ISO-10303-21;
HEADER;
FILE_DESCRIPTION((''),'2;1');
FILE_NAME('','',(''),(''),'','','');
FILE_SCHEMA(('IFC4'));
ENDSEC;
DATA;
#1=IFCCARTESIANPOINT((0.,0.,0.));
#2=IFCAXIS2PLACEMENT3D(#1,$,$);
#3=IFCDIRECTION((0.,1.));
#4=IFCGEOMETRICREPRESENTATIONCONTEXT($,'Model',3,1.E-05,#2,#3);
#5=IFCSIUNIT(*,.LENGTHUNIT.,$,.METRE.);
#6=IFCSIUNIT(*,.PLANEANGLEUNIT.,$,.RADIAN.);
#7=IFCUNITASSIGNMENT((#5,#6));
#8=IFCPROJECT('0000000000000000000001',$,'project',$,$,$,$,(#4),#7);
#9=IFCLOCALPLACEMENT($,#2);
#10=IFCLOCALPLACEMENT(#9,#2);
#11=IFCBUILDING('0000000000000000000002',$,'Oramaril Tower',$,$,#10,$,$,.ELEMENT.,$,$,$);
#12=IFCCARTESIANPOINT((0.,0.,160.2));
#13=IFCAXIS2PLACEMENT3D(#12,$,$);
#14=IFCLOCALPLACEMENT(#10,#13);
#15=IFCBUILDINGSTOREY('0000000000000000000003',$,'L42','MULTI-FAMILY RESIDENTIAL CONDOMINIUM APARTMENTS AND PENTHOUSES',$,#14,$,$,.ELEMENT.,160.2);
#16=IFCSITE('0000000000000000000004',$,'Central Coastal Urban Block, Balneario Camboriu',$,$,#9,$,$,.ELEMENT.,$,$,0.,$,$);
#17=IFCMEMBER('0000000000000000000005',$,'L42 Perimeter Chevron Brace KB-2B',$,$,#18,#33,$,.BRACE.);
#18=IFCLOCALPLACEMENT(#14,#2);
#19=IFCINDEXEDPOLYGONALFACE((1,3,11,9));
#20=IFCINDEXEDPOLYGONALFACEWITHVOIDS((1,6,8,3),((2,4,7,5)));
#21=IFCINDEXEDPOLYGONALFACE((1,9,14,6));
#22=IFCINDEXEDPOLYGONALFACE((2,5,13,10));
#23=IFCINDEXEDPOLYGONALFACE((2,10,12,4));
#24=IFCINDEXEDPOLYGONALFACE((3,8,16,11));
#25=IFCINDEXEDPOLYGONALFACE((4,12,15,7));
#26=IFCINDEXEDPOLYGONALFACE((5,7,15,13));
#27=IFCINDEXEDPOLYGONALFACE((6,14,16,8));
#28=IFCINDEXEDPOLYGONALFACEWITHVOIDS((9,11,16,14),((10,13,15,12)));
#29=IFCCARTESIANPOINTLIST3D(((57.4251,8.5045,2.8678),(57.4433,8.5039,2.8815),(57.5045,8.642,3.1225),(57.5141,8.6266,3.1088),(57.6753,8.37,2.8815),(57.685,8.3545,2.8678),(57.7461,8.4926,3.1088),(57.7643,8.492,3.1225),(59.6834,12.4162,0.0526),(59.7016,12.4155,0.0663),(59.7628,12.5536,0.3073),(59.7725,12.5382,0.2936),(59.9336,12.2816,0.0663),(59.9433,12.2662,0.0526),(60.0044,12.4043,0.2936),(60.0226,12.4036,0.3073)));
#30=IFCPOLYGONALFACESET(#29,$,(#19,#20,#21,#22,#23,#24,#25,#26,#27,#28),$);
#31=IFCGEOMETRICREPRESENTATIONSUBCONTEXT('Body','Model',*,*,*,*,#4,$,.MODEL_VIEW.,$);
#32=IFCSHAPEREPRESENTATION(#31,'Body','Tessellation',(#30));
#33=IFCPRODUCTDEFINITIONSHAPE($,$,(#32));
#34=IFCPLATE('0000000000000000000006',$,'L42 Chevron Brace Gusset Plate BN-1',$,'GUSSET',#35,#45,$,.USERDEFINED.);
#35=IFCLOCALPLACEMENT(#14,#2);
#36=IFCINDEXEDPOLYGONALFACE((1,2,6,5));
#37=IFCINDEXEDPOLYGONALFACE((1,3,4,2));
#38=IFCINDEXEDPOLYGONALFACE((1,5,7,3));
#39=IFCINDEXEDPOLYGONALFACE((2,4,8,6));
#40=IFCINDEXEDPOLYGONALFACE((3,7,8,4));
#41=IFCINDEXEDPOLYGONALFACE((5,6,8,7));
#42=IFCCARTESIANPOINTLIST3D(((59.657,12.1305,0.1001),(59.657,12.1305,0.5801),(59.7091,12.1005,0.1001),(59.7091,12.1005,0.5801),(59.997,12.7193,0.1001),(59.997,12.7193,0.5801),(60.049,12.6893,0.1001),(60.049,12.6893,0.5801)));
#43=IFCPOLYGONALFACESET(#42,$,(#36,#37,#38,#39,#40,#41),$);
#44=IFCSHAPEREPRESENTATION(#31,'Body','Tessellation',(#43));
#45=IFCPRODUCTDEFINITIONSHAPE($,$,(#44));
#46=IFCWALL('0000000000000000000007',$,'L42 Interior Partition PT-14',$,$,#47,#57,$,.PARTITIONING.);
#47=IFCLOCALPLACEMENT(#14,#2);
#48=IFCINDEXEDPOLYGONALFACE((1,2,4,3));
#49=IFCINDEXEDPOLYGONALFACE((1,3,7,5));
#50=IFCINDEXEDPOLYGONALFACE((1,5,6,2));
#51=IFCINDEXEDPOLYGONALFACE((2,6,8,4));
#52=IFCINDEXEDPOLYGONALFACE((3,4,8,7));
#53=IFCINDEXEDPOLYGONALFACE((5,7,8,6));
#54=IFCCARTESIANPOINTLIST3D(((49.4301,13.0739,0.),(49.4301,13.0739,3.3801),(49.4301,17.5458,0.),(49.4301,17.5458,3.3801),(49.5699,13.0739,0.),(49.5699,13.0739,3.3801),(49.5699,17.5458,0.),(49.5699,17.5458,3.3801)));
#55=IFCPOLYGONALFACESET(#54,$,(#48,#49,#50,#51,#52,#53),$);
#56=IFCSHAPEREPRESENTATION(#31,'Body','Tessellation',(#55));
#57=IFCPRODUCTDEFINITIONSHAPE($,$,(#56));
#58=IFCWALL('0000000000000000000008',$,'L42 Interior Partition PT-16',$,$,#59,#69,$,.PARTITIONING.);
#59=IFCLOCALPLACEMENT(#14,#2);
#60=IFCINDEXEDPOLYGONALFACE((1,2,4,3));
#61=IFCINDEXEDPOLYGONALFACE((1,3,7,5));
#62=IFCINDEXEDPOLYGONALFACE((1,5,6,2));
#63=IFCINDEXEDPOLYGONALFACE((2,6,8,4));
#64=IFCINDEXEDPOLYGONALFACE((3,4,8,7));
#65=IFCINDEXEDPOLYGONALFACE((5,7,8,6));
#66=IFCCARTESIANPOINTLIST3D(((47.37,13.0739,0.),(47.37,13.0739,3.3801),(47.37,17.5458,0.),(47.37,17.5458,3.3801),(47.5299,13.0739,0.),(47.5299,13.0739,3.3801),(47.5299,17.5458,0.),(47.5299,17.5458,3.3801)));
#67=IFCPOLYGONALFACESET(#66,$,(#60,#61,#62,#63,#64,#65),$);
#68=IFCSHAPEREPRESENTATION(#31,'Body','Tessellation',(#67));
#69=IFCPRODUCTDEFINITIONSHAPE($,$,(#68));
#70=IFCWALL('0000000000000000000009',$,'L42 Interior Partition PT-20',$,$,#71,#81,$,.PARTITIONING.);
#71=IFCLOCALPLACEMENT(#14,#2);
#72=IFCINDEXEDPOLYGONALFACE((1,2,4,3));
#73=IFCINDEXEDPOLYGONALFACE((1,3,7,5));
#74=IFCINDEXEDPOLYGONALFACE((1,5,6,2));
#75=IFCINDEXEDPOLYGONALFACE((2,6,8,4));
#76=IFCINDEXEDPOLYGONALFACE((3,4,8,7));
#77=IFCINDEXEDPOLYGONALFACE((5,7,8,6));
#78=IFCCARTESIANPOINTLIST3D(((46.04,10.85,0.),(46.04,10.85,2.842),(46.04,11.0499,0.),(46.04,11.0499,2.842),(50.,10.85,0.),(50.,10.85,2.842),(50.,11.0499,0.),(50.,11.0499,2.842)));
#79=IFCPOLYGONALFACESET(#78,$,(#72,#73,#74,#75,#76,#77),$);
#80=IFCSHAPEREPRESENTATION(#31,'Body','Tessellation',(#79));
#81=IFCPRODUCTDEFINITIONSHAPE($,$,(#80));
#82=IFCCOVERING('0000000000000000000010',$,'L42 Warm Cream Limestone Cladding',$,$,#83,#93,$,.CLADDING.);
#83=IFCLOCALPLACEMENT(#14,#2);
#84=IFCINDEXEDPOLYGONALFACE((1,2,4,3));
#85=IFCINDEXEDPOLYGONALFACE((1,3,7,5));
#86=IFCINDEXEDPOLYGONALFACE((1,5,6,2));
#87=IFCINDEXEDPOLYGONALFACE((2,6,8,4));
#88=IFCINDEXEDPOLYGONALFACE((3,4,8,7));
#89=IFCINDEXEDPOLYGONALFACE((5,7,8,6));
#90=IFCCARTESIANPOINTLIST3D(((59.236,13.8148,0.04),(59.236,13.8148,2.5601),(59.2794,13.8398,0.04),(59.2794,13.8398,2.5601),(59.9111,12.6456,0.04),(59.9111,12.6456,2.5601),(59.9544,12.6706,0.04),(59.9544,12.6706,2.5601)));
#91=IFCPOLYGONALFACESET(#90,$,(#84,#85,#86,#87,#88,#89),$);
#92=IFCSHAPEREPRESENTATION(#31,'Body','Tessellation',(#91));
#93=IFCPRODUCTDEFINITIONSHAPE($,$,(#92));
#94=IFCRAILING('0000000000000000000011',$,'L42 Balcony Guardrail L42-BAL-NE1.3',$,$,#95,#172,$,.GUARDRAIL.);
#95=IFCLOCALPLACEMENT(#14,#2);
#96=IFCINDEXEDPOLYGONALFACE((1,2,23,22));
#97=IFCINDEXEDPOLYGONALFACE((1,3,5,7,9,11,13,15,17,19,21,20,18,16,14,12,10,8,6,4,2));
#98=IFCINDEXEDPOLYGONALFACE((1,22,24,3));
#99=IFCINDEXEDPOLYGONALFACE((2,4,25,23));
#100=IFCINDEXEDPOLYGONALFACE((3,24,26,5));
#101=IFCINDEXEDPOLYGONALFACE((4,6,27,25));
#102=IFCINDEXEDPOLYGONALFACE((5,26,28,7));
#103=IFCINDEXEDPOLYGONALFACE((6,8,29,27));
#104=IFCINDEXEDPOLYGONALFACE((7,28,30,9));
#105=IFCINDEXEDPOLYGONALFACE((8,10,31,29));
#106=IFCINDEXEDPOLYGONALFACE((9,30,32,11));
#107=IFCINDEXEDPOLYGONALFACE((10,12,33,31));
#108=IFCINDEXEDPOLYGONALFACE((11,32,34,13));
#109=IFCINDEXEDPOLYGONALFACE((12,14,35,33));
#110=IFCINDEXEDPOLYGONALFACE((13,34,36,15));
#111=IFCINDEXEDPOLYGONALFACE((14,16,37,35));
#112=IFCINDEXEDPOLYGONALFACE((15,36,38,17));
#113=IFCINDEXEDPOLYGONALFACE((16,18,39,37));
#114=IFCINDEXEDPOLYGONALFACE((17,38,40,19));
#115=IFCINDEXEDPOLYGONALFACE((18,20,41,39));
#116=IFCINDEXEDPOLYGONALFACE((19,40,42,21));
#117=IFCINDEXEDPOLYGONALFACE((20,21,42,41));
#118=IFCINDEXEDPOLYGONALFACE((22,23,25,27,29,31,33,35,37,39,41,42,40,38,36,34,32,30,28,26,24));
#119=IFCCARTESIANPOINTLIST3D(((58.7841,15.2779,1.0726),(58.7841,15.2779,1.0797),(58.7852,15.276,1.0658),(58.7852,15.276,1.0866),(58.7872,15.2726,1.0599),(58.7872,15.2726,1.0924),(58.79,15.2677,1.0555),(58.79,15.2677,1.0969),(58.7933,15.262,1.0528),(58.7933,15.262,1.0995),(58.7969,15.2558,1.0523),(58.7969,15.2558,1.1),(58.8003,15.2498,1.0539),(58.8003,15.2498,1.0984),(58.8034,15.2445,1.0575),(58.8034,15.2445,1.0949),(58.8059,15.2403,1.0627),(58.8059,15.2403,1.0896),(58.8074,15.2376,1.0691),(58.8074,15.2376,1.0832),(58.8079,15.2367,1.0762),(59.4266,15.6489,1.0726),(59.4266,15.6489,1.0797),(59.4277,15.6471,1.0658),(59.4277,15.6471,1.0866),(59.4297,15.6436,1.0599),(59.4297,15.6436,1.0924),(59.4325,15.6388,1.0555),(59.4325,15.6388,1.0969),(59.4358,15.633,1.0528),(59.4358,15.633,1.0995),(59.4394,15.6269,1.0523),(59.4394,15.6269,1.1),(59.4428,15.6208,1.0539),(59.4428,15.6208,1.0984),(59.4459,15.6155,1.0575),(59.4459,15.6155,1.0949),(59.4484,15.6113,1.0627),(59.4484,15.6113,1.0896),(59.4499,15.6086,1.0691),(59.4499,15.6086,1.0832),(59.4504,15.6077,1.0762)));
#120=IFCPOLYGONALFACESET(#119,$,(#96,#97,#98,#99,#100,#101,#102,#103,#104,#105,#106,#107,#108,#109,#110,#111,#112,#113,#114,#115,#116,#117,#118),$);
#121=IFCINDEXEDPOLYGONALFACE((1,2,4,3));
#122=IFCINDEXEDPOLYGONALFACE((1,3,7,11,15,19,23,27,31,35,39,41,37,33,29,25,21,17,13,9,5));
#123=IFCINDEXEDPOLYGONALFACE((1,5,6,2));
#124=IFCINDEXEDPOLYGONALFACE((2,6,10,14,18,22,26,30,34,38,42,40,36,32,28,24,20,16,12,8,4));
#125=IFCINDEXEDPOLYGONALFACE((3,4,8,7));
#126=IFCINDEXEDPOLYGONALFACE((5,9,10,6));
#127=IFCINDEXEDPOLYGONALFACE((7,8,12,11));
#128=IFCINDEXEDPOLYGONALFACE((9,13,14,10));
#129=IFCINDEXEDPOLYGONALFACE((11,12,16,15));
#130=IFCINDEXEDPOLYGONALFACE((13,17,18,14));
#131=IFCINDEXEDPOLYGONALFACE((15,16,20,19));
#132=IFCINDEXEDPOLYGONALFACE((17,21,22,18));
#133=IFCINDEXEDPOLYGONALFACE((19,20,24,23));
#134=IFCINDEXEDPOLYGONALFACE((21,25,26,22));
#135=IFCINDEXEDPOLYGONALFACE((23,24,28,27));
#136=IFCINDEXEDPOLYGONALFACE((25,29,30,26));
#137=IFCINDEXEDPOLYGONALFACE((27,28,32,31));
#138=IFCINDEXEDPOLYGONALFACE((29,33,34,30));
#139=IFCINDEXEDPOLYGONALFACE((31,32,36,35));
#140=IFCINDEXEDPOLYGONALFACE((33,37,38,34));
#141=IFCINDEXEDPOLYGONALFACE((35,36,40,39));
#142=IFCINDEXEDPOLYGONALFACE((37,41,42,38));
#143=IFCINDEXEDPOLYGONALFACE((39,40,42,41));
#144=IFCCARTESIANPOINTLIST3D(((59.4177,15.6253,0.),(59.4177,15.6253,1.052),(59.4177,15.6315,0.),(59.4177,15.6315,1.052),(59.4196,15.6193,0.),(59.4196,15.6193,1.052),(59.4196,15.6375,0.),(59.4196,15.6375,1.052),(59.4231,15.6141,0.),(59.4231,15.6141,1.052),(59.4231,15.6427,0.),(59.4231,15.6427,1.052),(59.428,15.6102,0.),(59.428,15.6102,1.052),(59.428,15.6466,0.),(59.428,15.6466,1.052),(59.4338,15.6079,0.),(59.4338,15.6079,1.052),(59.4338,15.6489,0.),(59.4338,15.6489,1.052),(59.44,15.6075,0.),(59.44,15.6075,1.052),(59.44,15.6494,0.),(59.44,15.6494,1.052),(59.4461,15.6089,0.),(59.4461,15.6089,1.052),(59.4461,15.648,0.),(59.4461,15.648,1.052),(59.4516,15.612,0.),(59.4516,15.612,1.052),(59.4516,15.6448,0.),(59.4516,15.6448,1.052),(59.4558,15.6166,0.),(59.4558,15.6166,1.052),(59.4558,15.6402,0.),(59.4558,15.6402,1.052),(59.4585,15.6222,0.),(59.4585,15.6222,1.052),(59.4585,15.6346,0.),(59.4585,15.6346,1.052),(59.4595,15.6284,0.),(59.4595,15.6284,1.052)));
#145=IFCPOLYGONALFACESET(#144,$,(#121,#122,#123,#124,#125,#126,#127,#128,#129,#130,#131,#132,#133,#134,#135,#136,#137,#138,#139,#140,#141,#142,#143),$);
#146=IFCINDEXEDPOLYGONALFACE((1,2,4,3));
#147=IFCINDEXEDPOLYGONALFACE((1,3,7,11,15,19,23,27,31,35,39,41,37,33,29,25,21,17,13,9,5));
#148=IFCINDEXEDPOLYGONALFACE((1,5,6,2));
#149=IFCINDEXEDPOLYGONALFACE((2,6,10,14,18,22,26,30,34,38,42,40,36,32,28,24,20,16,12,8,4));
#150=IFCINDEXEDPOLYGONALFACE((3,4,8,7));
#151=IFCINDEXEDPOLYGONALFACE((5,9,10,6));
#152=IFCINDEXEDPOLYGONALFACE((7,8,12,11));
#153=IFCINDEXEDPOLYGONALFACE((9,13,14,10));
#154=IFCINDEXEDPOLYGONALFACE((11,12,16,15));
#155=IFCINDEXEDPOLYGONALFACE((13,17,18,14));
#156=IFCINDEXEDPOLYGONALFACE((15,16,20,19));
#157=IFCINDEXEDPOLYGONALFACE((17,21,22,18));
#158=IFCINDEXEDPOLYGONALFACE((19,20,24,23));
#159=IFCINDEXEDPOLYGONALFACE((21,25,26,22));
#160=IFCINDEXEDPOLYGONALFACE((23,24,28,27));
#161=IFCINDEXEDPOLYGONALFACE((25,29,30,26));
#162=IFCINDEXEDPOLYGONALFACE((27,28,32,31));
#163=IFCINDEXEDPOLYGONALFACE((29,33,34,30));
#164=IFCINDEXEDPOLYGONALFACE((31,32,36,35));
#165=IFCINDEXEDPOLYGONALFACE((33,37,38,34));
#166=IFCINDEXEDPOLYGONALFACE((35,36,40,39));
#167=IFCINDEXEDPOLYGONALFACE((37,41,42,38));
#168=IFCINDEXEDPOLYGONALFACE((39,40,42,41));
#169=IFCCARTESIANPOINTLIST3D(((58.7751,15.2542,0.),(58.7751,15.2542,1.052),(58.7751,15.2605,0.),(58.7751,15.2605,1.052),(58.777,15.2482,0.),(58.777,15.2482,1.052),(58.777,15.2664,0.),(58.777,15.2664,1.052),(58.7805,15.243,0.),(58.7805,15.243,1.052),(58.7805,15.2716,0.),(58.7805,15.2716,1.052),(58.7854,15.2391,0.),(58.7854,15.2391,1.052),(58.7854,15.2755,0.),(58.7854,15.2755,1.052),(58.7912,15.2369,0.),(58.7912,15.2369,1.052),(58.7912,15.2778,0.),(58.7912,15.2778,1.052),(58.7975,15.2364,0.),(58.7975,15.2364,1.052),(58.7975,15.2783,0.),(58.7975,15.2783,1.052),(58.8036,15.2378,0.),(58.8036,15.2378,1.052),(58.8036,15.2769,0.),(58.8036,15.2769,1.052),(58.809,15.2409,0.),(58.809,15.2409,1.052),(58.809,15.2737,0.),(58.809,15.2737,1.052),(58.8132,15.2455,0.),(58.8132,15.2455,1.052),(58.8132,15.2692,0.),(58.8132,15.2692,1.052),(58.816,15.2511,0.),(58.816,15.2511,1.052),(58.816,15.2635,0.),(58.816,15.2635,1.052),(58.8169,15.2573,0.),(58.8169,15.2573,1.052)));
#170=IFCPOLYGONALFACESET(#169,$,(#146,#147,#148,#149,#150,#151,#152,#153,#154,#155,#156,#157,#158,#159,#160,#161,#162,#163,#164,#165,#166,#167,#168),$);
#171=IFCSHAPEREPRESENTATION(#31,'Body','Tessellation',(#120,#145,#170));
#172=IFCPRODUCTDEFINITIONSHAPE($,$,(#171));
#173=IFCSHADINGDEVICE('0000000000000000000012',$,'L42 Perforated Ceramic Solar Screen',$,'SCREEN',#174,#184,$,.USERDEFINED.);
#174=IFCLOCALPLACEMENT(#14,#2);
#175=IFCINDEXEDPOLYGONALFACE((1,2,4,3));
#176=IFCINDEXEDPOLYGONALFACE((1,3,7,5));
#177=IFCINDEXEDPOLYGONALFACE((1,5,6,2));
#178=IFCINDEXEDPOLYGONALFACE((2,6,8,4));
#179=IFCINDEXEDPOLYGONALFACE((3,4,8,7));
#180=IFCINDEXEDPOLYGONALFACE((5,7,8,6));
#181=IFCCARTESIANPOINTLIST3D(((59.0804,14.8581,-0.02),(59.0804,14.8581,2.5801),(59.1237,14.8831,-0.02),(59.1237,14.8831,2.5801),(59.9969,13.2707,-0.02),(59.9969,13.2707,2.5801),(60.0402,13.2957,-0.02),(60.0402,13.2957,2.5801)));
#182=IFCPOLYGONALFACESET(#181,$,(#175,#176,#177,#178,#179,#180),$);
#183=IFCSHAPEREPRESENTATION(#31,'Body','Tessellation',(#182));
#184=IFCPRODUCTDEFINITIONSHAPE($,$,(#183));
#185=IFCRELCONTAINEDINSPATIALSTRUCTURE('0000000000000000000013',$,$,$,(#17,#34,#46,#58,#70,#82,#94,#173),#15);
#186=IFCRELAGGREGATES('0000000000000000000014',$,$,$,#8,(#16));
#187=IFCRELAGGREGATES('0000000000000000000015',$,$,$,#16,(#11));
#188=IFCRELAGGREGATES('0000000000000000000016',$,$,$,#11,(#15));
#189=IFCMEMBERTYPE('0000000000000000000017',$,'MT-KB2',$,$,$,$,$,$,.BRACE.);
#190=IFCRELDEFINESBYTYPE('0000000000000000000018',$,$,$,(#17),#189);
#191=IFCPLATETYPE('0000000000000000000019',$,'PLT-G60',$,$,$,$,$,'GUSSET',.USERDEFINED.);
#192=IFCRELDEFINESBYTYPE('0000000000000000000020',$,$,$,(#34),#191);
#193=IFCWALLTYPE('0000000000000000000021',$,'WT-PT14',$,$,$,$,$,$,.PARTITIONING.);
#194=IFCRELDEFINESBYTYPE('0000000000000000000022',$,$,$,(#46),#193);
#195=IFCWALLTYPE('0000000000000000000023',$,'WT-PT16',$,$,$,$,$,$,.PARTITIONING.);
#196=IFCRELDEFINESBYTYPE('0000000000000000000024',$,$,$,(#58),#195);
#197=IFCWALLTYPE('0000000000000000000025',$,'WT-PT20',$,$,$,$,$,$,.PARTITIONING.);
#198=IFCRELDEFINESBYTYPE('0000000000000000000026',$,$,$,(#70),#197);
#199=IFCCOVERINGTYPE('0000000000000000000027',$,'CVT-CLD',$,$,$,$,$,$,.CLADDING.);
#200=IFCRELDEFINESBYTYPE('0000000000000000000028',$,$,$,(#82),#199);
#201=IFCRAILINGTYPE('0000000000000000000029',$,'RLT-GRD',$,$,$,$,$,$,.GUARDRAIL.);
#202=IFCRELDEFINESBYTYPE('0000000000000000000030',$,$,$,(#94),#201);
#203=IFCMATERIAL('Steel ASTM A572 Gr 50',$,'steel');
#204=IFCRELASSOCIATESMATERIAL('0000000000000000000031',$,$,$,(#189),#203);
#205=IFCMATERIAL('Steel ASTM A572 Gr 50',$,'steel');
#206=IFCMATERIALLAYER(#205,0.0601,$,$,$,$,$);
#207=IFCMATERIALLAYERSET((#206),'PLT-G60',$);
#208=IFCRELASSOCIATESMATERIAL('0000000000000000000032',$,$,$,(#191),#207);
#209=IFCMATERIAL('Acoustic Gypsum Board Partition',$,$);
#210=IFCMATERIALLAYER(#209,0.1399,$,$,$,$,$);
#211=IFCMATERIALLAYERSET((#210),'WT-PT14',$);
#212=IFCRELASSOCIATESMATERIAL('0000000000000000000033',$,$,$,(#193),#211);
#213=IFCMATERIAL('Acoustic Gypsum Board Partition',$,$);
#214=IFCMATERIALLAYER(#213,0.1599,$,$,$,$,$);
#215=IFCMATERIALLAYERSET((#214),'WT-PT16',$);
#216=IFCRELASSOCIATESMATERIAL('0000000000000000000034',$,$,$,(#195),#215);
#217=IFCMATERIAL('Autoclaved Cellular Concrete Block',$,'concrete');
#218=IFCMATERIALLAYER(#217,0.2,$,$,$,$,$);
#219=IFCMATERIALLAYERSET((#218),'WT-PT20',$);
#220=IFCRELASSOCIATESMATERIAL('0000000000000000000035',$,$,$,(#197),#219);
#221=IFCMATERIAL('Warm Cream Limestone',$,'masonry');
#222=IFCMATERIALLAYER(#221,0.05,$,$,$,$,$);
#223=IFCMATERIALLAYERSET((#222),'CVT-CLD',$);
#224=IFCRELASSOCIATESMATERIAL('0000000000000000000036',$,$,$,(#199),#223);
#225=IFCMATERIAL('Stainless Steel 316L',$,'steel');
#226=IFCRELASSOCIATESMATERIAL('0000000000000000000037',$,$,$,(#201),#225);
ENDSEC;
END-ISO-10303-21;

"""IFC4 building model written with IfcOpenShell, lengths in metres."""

from ifc_helpers import new_model, si_unit, direction, frame, frame_2d, origin, origin_2d, place, context, subcontext, project, spatial, rectangle, hollow_rectangle, circle, extrude, material, layer, layer_set, material_profile, profile_set, type_object, element, save


model = new_model("IFC4")

# Units and contexts
model_context = context("Model", 3, precision=1e-05, world=origin(), true_north=direction((0.0, 1.0)))
body_context = subcontext(model_context, "Body", "Model", "MODEL_VIEW")
ifc_project = project(units=[si_unit("LENGTHUNIT", "METRE"), si_unit("PLANEANGLEUNIT", "RADIAN")], contexts=[model_context])

# Site, building, storey
site_placement = place(None, origin())
site = spatial("IfcSite", under=ifc_project, at=site_placement, Name="Central Coastal Urban Block, Balneario Camboriu", CompositionType="ELEMENT", RefElevation=0.0)
building_placement = place(site_placement, origin())
building = spatial("IfcBuilding", under=site, at=building_placement, Name="Oramaril Tower", CompositionType="ELEMENT")
storey_placement = place(building_placement, frame((0.0, 0.0, 160.2)))
storey = spatial("IfcBuildingStorey", under=building, at=storey_placement, Name="L42", Description="MULTI-FAMILY RESIDENTIAL CONDOMINIUM APARTMENTS AND PENTHOUSES", CompositionType="ELEMENT", Elevation=160.2)

# Member
ifc_material_1 = material(Name="Steel ASTM A572 Gr 50", Category="steel")
ifc_material_profile_1 = material_profile(ifc_material_1, hollow_rectangle(XDim=0.3, YDim=0.3, WallThickness=0.0161, at=origin_2d()), Name="HSS300X300X16")
ifc_profile_set_1 = profile_set([ifc_material_profile_1], Name="Steel ASTM A572 Gr 50")
member_type = type_object("IfcMemberType", Name="MT-KB2", PredefinedType="BRACE", material=ifc_profile_set_1)
member_placement = place(storey_placement, frame((59.853, 12.4099, 0.1799), z_axis=(-0.424316, -0.734961, 0.52895), x_axis=(0.866033, -0.499988, 0.0)))
element("IfcMember", 1, at=member_placement, inside=storey, type_object=member_type, Name="L42 Perimeter Chevron Brace KB-2B", PredefinedType="BRACE", context=body_context, shape_type="SweptSolid", body=[
    extrude(hollow_rectangle(XDim=0.3, YDim=0.3, WallThickness=0.0161, at=origin_2d()), origin(), (0.0, 0.0, 1.0), 5.3223),
])

# Plate
ifc_material_2 = material(Name="Steel ASTM A572 Gr 50", Category="steel")
ifc_layer_1 = layer(ifc_material_2, 0.0601)
ifc_layer_set_1 = layer_set([ifc_layer_1], Name="PLT-G60")
plate_type = type_object("IfcPlateType", Name="PLT-G60", ElementType="GUSSET", PredefinedType="USERDEFINED", material=ifc_layer_set_1)
plate_placement = place(storey_placement, frame((59.853, 12.4099, 0.1001), z_axis=(0.0, 0.0, 1.0), x_axis=(0.500002, 0.866025, 0.0)))
element("IfcPlate", 2, at=plate_placement, inside=storey, type_object=plate_type, Name="L42 Chevron Brace Gusset Plate BN-1", ObjectType="GUSSET", PredefinedType="USERDEFINED", context=body_context, shape_type="SweptSolid", body=[
    extrude(rectangle(XDim=0.6799, YDim=0.0601, at=origin_2d()), origin(), (0.0, 0.0, 1.0), 0.48),
])

# Walls
ifc_material_3 = material(Name="Acoustic Gypsum Board Partition")
ifc_layer_2 = layer(ifc_material_3, 0.1399)
ifc_layer_set_2 = layer_set([ifc_layer_2], Name="WT-PT14")
wall_type_1 = type_object("IfcWallType", Name="WT-PT14", PredefinedType="PARTITIONING", material=ifc_layer_set_2)
wall_1_placement = place(storey_placement, frame((49.5, 13.074, 0.0), z_axis=(0.0, 0.0, 1.0), x_axis=(0.0, 1.0, 0.0)))
element("IfcWall", 3, at=wall_1_placement, inside=storey, type_object=wall_type_1, Name="L42 Interior Partition PT-14", PredefinedType="PARTITIONING", context=body_context, shape_type="SweptSolid", body=[
    extrude(rectangle(XDim=4.4719, YDim=0.1399, at=frame_2d((2.2358, 0.0))), origin(), (0.0, 0.0, 1.0), 3.3801),
])
ifc_material_4 = material(Name="Acoustic Gypsum Board Partition")
ifc_layer_3 = layer(ifc_material_4, 0.1599)
ifc_layer_set_3 = layer_set([ifc_layer_3], Name="WT-PT16")
wall_type_2 = type_object("IfcWallType", Name="WT-PT16", PredefinedType="PARTITIONING", material=ifc_layer_set_3)
wall_2_placement = place(storey_placement, frame((47.45, 13.074, 0.0), z_axis=(0.0, 0.0, 1.0), x_axis=(0.0, 1.0, 0.0)))
element("IfcWall", 4, at=wall_2_placement, inside=storey, type_object=wall_type_2, Name="L42 Interior Partition PT-16", PredefinedType="PARTITIONING", context=body_context, shape_type="SweptSolid", body=[
    extrude(rectangle(XDim=4.4719, YDim=0.1599, at=frame_2d((2.2358, 0.0))), origin(), (0.0, 0.0, 1.0), 3.3801),
])
ifc_material_5 = material(Name="Autoclaved Cellular Concrete Block", Category="concrete")
ifc_layer_4 = layer(ifc_material_5, 0.2)
ifc_layer_set_4 = layer_set([ifc_layer_4], Name="WT-PT20")
wall_type_3 = type_object("IfcWallType", Name="WT-PT20", PredefinedType="PARTITIONING", material=ifc_layer_set_4)
wall_3_placement = place(storey_placement, frame((46.04, 10.95, 0.0), z_axis=(0.0, 0.0, 1.0), x_axis=(1.0, 0.0, 0.0)))
element("IfcWall", 5, at=wall_3_placement, inside=storey, type_object=wall_type_3, Name="L42 Interior Partition PT-20", PredefinedType="PARTITIONING", context=body_context, shape_type="SweptSolid", body=[
    extrude(rectangle(XDim=3.96, YDim=0.2, at=frame_2d((1.98, 0.0))), origin(), (0.0, 0.0, 1.0), 2.842),
])

# Covering
ifc_material_6 = material(Name="Warm Cream Limestone", Category="masonry")
ifc_layer_5 = layer(ifc_material_6, 0.05)
ifc_layer_set_5 = layer_set([ifc_layer_5], Name="CVT-CLD")
covering_type = type_object("IfcCoveringType", Name="CVT-CLD", PredefinedType="CLADDING", material=ifc_layer_set_5)
covering_placement = place(storey_placement, frame((59.5952, 13.2427, 0.04), z_axis=(0.0, 0.0, 1.0), x_axis=(-0.5, 0.866025, 0.0)))
element("IfcCovering", 6, at=covering_placement, inside=storey, type_object=covering_type, Name="L42 Warm Cream Limestone Cladding", PredefinedType="CLADDING", context=body_context, shape_type="SweptSolid", body=[
    extrude(rectangle(XDim=1.3501, YDim=0.05, at=origin_2d()), origin(), (0.0, 0.0, 1.0), 2.52),
])

# Railing
ifc_material_7 = material(Name="Stainless Steel 316L", Category="steel")
railing_type = type_object("IfcRailingType", Name="RLT-GRD", PredefinedType="GUARDRAIL", material=ifc_material_7)
railing_placement = place(storey_placement, frame((59.4385, 15.6284, 0.0)))
element("IfcRailing", 7, at=railing_placement, inside=storey, type_object=railing_type, Name="L42 Balcony Guardrail L42-BAL-NE1.3", PredefinedType="GUARDRAIL", context=body_context, shape_type="SweptSolid", body=[
    extrude(circle(Radius=0.0239, at=origin_2d()), frame((0.0, 0.0, 1.0762), z_axis=(-0.865966, -0.500102, 0.0), x_axis=(0.500102, -0.865966, 0.0)), (0.0, 0.0, 1.0), 0.7419),
    extrude(circle(Radius=0.021, at=origin_2d()), origin(), (0.0, 0.0, 1.0), 1.052),
    extrude(circle(Radius=0.021, at=origin_2d()), frame((-0.6426, -0.3711, 0.0)), (0.0, 0.0, 1.0), 1.052),
])

# Shading device
for number, where, z_axis, x_axis, name in (
    (8, (59.5603, 14.0769, -0.02), (0.0, 0.0, 1.0), (-0.5, 0.866025, 0.0), "L42 Perforated Ceramic Solar Screen"),
):
    element("IfcShadingDevice", number, at=place(storey_placement, frame(where, z_axis=z_axis, x_axis=x_axis)), inside=storey, Name=name, ObjectType="SCREEN", PredefinedType="USERDEFINED", context=body_context, shape_type="SweptSolid", body=[
        extrude(rectangle(XDim=1.833, YDim=0.05, at=origin_2d()), origin(), (0.0, 0.0, 1.0), 2.6001),
    ])

save(model, "model.ifc")
